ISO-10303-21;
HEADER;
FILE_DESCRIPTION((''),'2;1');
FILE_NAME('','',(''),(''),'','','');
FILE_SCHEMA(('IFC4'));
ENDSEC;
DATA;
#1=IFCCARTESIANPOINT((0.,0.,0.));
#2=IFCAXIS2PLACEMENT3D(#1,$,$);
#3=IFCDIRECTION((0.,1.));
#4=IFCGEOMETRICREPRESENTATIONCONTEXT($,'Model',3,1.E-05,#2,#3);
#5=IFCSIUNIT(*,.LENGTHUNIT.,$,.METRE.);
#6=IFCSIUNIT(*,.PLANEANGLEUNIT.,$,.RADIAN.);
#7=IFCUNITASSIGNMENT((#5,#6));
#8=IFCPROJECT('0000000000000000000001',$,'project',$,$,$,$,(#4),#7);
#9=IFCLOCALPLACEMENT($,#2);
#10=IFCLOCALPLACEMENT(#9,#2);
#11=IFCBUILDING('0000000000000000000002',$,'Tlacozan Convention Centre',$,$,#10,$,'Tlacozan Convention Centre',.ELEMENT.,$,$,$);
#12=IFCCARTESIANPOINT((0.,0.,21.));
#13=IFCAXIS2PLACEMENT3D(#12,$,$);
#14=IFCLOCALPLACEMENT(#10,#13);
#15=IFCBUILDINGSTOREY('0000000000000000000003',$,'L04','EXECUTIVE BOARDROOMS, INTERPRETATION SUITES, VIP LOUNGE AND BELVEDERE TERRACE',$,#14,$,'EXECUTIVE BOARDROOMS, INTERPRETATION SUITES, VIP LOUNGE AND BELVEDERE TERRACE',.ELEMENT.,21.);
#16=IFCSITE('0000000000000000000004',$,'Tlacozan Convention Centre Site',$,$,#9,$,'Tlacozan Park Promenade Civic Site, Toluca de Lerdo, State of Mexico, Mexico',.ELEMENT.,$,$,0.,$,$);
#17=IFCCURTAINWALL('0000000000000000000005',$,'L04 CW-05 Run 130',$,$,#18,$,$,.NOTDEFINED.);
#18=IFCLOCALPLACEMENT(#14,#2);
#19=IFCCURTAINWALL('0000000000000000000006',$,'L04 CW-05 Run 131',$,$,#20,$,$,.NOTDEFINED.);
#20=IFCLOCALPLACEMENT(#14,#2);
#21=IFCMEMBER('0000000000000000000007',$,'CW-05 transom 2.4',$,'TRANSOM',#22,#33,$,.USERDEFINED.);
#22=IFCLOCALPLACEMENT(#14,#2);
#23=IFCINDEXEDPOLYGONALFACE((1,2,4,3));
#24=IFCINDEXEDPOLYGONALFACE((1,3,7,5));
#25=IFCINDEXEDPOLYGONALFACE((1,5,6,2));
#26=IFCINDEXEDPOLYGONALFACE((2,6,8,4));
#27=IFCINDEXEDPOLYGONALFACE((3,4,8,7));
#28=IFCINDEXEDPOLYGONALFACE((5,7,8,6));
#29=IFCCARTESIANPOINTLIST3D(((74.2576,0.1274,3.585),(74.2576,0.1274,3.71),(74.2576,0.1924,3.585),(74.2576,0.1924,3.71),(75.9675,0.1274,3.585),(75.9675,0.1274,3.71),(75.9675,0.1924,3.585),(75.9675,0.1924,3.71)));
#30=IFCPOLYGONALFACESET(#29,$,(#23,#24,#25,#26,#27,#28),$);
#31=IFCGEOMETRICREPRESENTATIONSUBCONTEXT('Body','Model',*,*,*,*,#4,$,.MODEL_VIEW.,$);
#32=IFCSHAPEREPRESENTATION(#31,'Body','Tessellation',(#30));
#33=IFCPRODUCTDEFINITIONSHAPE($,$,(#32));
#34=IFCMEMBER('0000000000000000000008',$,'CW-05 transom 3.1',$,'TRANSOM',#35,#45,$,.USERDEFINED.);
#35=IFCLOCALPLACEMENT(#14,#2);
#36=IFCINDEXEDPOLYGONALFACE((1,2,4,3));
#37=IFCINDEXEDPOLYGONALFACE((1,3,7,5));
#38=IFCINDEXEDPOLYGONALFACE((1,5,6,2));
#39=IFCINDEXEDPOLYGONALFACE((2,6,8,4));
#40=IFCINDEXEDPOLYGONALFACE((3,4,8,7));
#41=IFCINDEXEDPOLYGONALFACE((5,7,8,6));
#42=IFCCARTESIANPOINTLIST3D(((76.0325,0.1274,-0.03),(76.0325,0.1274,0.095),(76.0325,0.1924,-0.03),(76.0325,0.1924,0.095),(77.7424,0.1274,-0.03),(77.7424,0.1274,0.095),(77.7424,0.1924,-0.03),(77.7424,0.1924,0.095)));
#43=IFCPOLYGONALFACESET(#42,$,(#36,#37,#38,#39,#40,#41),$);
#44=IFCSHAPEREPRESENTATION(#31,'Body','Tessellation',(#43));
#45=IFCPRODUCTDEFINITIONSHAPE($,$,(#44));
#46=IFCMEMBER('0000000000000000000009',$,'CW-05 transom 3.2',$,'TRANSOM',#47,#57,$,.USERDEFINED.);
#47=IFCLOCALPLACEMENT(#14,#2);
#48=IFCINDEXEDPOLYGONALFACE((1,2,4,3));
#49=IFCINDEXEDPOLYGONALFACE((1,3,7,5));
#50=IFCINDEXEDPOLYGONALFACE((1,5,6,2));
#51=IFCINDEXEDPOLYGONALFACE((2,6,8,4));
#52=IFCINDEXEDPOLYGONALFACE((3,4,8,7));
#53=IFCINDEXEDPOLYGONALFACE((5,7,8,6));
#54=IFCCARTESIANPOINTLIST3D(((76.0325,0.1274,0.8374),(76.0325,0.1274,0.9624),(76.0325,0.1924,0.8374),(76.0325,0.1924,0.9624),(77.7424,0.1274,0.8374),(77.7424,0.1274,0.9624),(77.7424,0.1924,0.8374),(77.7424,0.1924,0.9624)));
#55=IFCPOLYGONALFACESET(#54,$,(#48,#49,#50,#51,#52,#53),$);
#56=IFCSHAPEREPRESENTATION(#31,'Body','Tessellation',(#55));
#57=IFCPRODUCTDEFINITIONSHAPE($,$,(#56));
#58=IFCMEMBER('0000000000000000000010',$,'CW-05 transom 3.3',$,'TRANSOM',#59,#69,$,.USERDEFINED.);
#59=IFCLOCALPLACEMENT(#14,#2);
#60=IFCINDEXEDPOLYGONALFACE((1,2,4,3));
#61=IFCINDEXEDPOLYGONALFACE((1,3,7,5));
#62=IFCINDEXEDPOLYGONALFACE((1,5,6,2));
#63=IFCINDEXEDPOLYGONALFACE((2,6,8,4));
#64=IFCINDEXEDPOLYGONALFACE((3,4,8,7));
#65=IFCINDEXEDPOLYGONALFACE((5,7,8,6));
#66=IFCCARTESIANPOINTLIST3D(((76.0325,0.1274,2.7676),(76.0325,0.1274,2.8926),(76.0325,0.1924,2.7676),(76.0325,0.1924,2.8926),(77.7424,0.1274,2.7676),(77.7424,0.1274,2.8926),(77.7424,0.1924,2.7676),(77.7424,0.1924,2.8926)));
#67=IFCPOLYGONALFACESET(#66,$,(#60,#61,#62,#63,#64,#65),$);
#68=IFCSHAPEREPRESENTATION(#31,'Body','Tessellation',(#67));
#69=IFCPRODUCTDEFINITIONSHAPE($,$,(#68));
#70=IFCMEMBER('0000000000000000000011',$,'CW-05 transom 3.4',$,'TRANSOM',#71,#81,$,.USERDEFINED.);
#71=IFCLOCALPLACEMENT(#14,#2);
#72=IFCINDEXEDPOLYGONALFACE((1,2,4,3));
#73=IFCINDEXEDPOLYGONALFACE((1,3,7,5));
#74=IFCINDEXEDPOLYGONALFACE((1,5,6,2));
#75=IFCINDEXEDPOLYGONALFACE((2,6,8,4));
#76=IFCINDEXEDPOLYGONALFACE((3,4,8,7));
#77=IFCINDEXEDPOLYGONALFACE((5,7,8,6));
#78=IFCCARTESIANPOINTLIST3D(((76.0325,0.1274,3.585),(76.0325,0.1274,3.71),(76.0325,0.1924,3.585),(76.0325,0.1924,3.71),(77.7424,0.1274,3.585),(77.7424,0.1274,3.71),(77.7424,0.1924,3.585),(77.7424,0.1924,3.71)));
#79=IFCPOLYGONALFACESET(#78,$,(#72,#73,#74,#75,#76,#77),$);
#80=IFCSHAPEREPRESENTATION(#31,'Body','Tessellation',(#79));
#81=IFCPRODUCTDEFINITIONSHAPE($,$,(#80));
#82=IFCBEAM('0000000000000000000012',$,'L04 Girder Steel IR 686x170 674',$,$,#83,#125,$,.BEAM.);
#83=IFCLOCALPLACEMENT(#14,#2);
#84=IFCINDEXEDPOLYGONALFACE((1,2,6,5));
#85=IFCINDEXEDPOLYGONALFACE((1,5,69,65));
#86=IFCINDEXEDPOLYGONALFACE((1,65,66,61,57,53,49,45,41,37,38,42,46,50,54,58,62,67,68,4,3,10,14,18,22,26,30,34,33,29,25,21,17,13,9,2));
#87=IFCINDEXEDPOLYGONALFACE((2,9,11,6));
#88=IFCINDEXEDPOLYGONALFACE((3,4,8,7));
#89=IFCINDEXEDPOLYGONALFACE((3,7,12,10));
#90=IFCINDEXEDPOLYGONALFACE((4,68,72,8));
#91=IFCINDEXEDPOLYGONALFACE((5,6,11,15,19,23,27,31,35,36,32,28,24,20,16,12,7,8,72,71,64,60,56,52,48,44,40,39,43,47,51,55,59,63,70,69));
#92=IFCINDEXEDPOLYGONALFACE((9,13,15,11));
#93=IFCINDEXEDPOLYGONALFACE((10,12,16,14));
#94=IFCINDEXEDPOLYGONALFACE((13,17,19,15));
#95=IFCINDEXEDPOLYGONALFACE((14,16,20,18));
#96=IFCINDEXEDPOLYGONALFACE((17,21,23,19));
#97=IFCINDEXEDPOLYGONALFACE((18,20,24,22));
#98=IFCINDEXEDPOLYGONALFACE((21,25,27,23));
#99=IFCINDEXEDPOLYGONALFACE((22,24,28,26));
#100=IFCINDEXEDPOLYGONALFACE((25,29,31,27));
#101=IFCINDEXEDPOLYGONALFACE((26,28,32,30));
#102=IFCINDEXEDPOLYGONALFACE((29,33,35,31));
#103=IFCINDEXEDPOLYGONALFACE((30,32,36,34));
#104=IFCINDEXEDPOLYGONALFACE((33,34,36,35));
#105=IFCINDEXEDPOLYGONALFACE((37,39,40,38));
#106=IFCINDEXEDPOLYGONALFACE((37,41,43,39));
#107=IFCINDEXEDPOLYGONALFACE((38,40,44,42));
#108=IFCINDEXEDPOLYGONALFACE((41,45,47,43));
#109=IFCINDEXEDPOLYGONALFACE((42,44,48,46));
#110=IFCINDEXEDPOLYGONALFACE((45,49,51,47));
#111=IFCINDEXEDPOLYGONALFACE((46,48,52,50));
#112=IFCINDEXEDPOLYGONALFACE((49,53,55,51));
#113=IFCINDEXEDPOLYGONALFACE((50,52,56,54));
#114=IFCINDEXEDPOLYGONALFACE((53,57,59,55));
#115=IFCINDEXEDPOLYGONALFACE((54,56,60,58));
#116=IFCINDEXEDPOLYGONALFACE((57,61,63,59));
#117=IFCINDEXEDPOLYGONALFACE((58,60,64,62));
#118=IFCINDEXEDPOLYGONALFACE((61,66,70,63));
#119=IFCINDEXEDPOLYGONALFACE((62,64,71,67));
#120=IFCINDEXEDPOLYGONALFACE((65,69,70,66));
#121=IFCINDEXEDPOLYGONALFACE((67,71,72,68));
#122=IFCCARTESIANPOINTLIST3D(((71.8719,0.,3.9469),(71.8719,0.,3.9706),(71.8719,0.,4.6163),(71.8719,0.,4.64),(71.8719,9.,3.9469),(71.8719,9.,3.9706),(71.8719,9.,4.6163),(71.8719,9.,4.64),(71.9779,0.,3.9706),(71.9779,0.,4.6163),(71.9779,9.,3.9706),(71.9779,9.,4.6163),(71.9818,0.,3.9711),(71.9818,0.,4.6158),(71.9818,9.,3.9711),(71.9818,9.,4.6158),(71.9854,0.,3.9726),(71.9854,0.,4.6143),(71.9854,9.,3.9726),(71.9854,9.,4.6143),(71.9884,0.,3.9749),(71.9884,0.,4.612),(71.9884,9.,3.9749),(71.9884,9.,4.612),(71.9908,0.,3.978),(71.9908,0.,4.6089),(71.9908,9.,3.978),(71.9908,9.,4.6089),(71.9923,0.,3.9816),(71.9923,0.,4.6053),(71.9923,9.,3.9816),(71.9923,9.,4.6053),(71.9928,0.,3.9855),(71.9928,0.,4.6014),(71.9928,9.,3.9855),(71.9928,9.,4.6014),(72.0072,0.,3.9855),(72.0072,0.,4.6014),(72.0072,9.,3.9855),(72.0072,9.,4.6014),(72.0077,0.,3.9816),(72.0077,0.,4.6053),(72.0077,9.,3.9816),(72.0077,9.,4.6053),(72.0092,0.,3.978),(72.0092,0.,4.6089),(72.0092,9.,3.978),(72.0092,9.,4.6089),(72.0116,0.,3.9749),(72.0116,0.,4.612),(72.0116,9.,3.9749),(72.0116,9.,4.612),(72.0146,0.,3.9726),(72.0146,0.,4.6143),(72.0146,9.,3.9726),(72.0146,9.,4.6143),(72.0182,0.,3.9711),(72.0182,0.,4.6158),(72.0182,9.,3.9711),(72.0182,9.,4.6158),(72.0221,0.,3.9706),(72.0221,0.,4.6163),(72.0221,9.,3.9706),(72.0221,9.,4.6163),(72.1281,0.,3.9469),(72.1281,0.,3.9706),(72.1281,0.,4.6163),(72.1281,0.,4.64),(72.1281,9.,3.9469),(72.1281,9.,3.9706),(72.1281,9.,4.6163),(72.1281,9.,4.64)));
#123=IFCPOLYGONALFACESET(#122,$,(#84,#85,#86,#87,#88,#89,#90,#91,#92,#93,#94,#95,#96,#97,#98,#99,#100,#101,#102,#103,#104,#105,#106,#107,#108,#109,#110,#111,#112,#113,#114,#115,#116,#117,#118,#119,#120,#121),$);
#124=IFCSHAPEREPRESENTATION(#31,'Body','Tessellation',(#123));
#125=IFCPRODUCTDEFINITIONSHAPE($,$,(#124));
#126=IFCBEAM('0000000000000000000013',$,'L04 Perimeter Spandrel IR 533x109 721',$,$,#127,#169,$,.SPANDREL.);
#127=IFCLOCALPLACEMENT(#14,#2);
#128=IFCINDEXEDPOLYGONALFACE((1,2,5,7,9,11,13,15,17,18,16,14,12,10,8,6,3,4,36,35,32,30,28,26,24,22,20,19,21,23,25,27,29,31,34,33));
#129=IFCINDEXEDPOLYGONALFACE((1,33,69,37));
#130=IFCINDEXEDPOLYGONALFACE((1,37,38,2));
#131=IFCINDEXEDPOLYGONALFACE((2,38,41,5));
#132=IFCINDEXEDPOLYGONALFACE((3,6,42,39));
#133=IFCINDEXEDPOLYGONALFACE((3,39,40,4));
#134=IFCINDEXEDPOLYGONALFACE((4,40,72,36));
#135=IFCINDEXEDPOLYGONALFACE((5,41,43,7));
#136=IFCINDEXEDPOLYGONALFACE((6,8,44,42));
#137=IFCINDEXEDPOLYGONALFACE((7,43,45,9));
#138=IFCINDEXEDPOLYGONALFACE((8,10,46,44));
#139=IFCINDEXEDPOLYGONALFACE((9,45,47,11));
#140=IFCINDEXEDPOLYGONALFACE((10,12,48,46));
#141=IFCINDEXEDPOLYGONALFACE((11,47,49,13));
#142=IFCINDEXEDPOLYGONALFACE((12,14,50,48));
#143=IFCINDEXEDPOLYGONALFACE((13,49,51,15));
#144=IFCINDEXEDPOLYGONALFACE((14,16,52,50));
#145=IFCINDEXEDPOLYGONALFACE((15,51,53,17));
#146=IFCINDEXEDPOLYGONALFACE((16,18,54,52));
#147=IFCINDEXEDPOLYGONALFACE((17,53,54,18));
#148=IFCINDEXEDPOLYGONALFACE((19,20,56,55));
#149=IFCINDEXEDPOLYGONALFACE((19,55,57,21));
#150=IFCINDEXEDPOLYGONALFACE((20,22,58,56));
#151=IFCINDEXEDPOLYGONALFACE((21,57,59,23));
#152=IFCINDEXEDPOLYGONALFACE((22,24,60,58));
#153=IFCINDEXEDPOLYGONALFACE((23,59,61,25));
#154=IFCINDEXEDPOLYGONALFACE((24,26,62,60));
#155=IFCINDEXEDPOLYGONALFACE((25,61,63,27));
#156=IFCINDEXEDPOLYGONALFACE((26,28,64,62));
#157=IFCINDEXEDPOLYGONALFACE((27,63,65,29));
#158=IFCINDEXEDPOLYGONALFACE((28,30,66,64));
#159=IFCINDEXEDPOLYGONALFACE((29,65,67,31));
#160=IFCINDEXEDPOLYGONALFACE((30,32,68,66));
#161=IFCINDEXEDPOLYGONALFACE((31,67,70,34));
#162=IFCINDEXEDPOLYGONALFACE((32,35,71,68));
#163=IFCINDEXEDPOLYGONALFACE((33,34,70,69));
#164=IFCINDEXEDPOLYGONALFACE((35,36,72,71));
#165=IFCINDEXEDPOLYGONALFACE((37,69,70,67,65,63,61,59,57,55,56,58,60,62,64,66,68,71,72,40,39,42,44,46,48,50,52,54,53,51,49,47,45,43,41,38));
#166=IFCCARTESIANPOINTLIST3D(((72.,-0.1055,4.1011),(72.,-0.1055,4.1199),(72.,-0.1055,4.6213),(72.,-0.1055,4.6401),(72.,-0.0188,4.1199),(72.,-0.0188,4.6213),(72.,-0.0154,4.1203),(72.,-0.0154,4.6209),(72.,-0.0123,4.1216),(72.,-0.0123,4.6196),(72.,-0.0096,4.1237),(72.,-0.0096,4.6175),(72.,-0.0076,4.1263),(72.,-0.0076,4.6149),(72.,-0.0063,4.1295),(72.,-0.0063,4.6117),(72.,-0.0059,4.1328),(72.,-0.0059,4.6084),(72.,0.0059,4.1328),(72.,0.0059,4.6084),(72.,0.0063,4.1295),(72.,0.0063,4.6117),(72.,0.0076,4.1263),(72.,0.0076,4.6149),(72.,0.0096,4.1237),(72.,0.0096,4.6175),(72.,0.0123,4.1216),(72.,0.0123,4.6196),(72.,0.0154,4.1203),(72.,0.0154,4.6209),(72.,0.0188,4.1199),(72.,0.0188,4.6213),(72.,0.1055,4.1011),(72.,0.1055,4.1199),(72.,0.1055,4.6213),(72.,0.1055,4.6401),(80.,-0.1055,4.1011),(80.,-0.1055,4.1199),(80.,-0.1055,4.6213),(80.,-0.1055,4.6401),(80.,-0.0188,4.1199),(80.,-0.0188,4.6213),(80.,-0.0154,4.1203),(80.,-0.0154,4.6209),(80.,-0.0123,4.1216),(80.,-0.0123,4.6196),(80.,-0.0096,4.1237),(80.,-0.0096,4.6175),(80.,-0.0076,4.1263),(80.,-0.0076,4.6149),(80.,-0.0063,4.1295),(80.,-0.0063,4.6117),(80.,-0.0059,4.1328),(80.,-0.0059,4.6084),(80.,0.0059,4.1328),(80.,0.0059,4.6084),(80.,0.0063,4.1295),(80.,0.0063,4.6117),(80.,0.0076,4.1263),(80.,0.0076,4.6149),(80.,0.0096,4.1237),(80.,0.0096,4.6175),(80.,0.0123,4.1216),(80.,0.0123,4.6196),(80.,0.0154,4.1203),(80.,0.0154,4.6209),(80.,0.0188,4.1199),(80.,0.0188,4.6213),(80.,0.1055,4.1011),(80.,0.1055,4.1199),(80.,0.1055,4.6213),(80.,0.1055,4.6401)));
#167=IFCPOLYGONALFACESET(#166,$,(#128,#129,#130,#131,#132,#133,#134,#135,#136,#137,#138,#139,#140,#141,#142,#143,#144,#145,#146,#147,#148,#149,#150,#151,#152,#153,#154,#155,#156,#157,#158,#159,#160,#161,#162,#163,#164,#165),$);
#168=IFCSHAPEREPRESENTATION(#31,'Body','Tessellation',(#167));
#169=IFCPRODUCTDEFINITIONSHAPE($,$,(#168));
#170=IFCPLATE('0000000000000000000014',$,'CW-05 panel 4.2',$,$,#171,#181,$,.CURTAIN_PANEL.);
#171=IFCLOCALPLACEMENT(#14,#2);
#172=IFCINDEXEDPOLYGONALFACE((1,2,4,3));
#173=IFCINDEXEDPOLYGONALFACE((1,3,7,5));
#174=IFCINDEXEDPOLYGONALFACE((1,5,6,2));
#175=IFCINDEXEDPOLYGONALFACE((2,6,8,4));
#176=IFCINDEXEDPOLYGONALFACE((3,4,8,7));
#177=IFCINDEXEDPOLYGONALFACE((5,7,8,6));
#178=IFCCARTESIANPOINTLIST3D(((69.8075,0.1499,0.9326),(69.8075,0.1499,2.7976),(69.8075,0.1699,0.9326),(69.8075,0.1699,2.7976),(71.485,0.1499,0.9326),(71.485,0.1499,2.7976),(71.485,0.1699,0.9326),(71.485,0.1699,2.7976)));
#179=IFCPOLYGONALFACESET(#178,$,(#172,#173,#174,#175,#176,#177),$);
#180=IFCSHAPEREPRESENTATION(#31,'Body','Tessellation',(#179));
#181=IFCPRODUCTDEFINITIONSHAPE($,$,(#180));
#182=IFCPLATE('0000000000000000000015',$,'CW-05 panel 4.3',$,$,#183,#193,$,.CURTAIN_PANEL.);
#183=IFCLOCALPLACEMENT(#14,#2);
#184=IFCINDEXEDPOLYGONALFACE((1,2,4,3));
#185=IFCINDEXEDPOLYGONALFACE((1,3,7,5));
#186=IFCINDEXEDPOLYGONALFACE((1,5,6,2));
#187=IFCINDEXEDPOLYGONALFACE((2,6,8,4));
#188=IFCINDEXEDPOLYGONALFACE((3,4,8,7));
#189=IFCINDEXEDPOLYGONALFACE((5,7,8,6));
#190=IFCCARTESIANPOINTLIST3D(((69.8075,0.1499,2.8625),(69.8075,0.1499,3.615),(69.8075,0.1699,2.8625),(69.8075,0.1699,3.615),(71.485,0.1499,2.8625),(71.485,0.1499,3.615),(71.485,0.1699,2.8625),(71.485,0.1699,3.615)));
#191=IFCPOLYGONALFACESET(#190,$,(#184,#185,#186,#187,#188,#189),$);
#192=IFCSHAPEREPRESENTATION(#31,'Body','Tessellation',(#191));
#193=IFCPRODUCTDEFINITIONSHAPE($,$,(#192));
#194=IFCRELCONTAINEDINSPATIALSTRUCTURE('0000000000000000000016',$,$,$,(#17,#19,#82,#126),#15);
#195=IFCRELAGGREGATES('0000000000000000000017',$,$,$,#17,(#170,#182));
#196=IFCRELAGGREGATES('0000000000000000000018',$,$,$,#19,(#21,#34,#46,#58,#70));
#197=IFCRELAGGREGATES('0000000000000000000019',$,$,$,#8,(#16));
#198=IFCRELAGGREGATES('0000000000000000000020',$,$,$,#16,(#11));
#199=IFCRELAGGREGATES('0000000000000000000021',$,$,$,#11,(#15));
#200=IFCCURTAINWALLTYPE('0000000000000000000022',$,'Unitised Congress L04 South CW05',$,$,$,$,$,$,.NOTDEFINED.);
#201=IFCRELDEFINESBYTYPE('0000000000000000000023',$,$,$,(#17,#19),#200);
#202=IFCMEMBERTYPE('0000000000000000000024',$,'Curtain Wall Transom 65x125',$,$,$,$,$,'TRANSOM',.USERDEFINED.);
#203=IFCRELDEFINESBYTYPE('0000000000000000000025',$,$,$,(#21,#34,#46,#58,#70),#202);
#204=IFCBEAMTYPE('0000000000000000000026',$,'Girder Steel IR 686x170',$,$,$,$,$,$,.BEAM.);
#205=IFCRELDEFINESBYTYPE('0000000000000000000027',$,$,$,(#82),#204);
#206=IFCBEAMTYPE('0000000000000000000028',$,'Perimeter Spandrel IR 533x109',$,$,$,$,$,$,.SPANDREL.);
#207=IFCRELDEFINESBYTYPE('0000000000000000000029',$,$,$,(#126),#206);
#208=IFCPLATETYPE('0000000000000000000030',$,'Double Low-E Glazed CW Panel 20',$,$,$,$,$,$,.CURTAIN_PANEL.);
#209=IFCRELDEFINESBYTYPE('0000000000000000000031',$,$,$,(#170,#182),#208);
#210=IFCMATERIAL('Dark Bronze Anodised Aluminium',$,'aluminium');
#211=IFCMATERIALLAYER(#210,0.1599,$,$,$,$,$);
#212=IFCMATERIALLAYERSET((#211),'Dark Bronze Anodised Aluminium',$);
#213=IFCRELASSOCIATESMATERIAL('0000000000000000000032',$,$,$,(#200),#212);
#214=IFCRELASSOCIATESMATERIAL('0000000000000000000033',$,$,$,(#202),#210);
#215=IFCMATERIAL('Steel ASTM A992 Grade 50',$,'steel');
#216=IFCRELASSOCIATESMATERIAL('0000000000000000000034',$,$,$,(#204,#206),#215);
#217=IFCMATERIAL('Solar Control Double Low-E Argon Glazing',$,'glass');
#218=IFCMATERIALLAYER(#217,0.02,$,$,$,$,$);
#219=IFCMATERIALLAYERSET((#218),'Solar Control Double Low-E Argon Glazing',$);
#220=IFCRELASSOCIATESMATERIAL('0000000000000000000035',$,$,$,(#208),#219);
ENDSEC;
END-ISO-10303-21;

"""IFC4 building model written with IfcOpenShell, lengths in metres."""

from ifc_helpers import new_model, si_unit, direction, frame, origin, origin_2d, place, context, subcontext, project, spatial, rectangle, i_section, extrude, material, layer, layer_set, material_profile, profile_set, type_object, element, aggregate, save


model = new_model("IFC4")

# Units and contexts
model_context = context("Model", 3, precision=1e-05, world=origin(), true_north=direction((0.0, 1.0)))
body_context = subcontext(model_context, "Body", "Model", "MODEL_VIEW")
ifc_project = project(units=[si_unit("LENGTHUNIT", "METRE"), si_unit("PLANEANGLEUNIT", "RADIAN")], contexts=[model_context])

# Site, building, storey
site_placement = place(None, origin())
site = spatial("IfcSite", under=ifc_project, at=site_placement, Name="Tlacozan Convention Centre Site", LongName="Tlacozan Park Promenade Civic Site, Toluca de Lerdo, State of Mexico, Mexico", CompositionType="ELEMENT", RefElevation=0.0)
building_placement = place(site_placement, origin())
building = spatial("IfcBuilding", under=site, at=building_placement, Name="Tlacozan Convention Centre", LongName="Tlacozan Convention Centre", CompositionType="ELEMENT")
storey_placement = place(building_placement, frame((0.0, 0.0, 21.0)))
storey = spatial("IfcBuildingStorey", under=building, at=storey_placement, Name="L04", Description="EXECUTIVE BOARDROOMS, INTERPRETATION SUITES, VIP LOUNGE AND BELVEDERE TERRACE", LongName="EXECUTIVE BOARDROOMS, INTERPRETATION SUITES, VIP LOUNGE AND BELVEDERE TERRACE", CompositionType="ELEMENT", Elevation=21.0)

# Curtain wall
ifc_material_1 = material(Name="Dark Bronze Anodised Aluminium", Category="aluminium")
ifc_layer_1 = layer(ifc_material_1, 0.1599)
ifc_layer_set_1 = layer_set([ifc_layer_1], Name="Dark Bronze Anodised Aluminium")
curtain_wall_type = type_object("IfcCurtainWallType", Name="Unitised Congress L04 South CW05", PredefinedType="NOTDEFINED", material=ifc_layer_set_1)
curtain_wall_1_placement = place(storey_placement, origin())
curtain_wall_1 = element("IfcCurtainWall", 1, at=curtain_wall_1_placement, inside=storey, type_object=curtain_wall_type, Name="L04 CW-05 Run 130", PredefinedType="NOTDEFINED")

# Curtain wall, members
curtain_wall_2_placement = place(storey_placement, origin())
curtain_wall_2 = element("IfcCurtainWall", 2, at=curtain_wall_2_placement, inside=storey, type_object=curtain_wall_type, Name="L04 CW-05 Run 131", PredefinedType="NOTDEFINED")
ifc_material_profile_1 = material_profile(ifc_material_1, rectangle(XDim=0.0649, YDim=0.125, at=origin_2d()), Name="ALU 65x125")
ifc_profile_set_1 = profile_set([ifc_material_profile_1], Name="Dark Bronze Anodised Aluminium")
member_type_1 = type_object("IfcMemberType", Name="Curtain Wall Transom 65x125", ElementType="TRANSOM", PredefinedType="USERDEFINED", material=ifc_profile_set_1)
member_1_placement = place(storey_placement, frame((74.2576, 0.1599, 3.6475), z_axis=(1.0, 0.0, 0.0), x_axis=(0.0, 1.0, 0.0)))
member_1 = element("IfcMember", 3, at=member_1_placement, type_object=member_type_1, Name="CW-05 transom 2.4", ObjectType="TRANSOM", PredefinedType="USERDEFINED", context=body_context, shape_type="SweptSolid", body=[
    extrude(rectangle(XDim=0.0649, YDim=0.125, at=origin_2d()), origin(), (0.0, 0.0, 1.0), 1.71),
])
member_2_placement = place(storey_placement, frame((76.0325, 0.1599, 0.0325), z_axis=(1.0, 0.0, 0.0), x_axis=(0.0, 1.0, 0.0)))
member_2 = element("IfcMember", 4, at=member_2_placement, type_object=member_type_1, Name="CW-05 transom 3.1", ObjectType="TRANSOM", PredefinedType="USERDEFINED", context=body_context, shape_type="SweptSolid", body=[
    extrude(rectangle(XDim=0.0649, YDim=0.125, at=origin_2d()), origin(), (0.0, 0.0, 1.0), 1.71),
])
member_3_placement = place(storey_placement, frame((76.0325, 0.1599, 0.8999), z_axis=(1.0, 0.0, 0.0), x_axis=(0.0, 1.0, 0.0)))
member_3 = element("IfcMember", 5, at=member_3_placement, type_object=member_type_1, Name="CW-05 transom 3.2", ObjectType="TRANSOM", PredefinedType="USERDEFINED", context=body_context, shape_type="SweptSolid", body=[
    extrude(rectangle(XDim=0.0649, YDim=0.125, at=origin_2d()), origin(), (0.0, 0.0, 1.0), 1.71),
])
member_4_placement = place(storey_placement, frame((76.0325, 0.1599, 2.8301), z_axis=(1.0, 0.0, 0.0), x_axis=(0.0, 1.0, 0.0)))
member_4 = element("IfcMember", 6, at=member_4_placement, type_object=member_type_1, Name="CW-05 transom 3.3", ObjectType="TRANSOM", PredefinedType="USERDEFINED", context=body_context, shape_type="SweptSolid", body=[
    extrude(rectangle(XDim=0.0649, YDim=0.125, at=origin_2d()), origin(), (0.0, 0.0, 1.0), 1.71),
])
member_5_placement = place(storey_placement, frame((76.0325, 0.1599, 3.6475), z_axis=(1.0, 0.0, 0.0), x_axis=(0.0, 1.0, 0.0)))
member_5 = element("IfcMember", 7, at=member_5_placement, type_object=member_type_1, Name="CW-05 transom 3.4", ObjectType="TRANSOM", PredefinedType="USERDEFINED", context=body_context, shape_type="SweptSolid", body=[
    extrude(rectangle(XDim=0.0649, YDim=0.125, at=origin_2d()), origin(), (0.0, 0.0, 1.0), 1.71),
])

# Beams
ifc_material_2 = material(Name="Steel ASTM A992 Grade 50", Category="steel")
ifc_material_profile_2 = material_profile(ifc_material_2, i_section(OverallWidth=0.2561, OverallDepth=0.6931, WebThickness=0.0144, FlangeThickness=0.0237, FilletRadius=0.0149, at=origin_2d()), Name="IR 686x170.0")
ifc_profile_set_2 = profile_set([ifc_material_profile_2], Name="Steel ASTM A992 Grade 50")
beam_type_1 = type_object("IfcBeamType", Name="Girder Steel IR 686x170", PredefinedType="BEAM", material=ifc_profile_set_2)
beam_1_placement = place(storey_placement, frame((72.0, 0.0, 4.2935), z_axis=(0.0, 1.0, 0.0), x_axis=(-1.0, 0.0, 0.0)))
element("IfcBeam", 8, at=beam_1_placement, inside=storey, type_object=beam_type_1, Name="L04 Girder Steel IR 686x170 674", PredefinedType="BEAM", context=body_context, shape_type="SweptSolid", body=[
    extrude(i_section(OverallWidth=0.2561, OverallDepth=0.6931, WebThickness=0.0144, FlangeThickness=0.0237, FilletRadius=0.0149, at=origin_2d()), origin(), (0.0, 0.0, 1.0), 9.0),
])
ifc_material_profile_3 = material_profile(ifc_material_2, i_section(OverallWidth=0.2109, OverallDepth=0.5391, WebThickness=0.0117, FlangeThickness=0.0188, FilletRadius=0.0129, at=origin_2d()), Name="IR 533x109.0")
ifc_profile_set_3 = profile_set([ifc_material_profile_3], Name="Steel ASTM A992 Grade 50")
beam_type_2 = type_object("IfcBeamType", Name="Perimeter Spandrel IR 533x109", PredefinedType="SPANDREL", material=ifc_profile_set_3)
beam_2_placement = place(storey_placement, frame((72.0, 0.0, 4.3706), z_axis=(1.0, 0.0, 0.0), x_axis=(0.0, 1.0, 0.0)))
element("IfcBeam", 9, at=beam_2_placement, inside=storey, type_object=beam_type_2, Name="L04 Perimeter Spandrel IR 533x109 721", PredefinedType="SPANDREL", context=body_context, shape_type="SweptSolid", body=[
    extrude(i_section(OverallWidth=0.2109, OverallDepth=0.5391, WebThickness=0.0117, FlangeThickness=0.0188, FilletRadius=0.0129, at=origin_2d()), origin(), (0.0, 0.0, 1.0), 8.0),
])

# Plates
ifc_material_3 = material(Name="Solar Control Double Low-E Argon Glazing", Category="glass")
ifc_layer_2 = layer(ifc_material_3, 0.02)
ifc_layer_set_2 = layer_set([ifc_layer_2], Name="Solar Control Double Low-E Argon Glazing")
plate_type_1 = type_object("IfcPlateType", Name="Double Low-E Glazed CW Panel 20", PredefinedType="CURTAIN_PANEL", material=ifc_layer_set_2)
plate_1_placement = place(storey_placement, frame((70.6462, 0.1599, 0.9326), z_axis=(0.0, 0.0, 1.0), x_axis=(1.0, 0.0, 0.0)))
plate_1 = element("IfcPlate", 10, at=plate_1_placement, type_object=plate_type_1, Name="CW-05 panel 4.2", PredefinedType="CURTAIN_PANEL", context=body_context, shape_type="SweptSolid", body=[
    extrude(rectangle(XDim=1.6775, YDim=0.02, at=origin_2d()), origin(), (0.0, 0.0, 1.0), 1.865),
])
plate_2_placement = place(storey_placement, frame((70.6462, 0.1599, 2.8625), z_axis=(0.0, 0.0, 1.0), x_axis=(1.0, 0.0, 0.0)))
plate_2 = element("IfcPlate", 11, at=plate_2_placement, type_object=plate_type_1, Name="CW-05 panel 4.3", PredefinedType="CURTAIN_PANEL", context=body_context, shape_type="SweptSolid", body=[
    extrude(rectangle(XDim=1.6775, YDim=0.02, at=origin_2d()), origin(), (0.0, 0.0, 1.0), 0.7524),
])
aggregate(curtain_wall_1, [plate_1, plate_2])
aggregate(curtain_wall_2, [member_1, member_2, member_3, member_4, member_5])

save(model, "model.ifc")
